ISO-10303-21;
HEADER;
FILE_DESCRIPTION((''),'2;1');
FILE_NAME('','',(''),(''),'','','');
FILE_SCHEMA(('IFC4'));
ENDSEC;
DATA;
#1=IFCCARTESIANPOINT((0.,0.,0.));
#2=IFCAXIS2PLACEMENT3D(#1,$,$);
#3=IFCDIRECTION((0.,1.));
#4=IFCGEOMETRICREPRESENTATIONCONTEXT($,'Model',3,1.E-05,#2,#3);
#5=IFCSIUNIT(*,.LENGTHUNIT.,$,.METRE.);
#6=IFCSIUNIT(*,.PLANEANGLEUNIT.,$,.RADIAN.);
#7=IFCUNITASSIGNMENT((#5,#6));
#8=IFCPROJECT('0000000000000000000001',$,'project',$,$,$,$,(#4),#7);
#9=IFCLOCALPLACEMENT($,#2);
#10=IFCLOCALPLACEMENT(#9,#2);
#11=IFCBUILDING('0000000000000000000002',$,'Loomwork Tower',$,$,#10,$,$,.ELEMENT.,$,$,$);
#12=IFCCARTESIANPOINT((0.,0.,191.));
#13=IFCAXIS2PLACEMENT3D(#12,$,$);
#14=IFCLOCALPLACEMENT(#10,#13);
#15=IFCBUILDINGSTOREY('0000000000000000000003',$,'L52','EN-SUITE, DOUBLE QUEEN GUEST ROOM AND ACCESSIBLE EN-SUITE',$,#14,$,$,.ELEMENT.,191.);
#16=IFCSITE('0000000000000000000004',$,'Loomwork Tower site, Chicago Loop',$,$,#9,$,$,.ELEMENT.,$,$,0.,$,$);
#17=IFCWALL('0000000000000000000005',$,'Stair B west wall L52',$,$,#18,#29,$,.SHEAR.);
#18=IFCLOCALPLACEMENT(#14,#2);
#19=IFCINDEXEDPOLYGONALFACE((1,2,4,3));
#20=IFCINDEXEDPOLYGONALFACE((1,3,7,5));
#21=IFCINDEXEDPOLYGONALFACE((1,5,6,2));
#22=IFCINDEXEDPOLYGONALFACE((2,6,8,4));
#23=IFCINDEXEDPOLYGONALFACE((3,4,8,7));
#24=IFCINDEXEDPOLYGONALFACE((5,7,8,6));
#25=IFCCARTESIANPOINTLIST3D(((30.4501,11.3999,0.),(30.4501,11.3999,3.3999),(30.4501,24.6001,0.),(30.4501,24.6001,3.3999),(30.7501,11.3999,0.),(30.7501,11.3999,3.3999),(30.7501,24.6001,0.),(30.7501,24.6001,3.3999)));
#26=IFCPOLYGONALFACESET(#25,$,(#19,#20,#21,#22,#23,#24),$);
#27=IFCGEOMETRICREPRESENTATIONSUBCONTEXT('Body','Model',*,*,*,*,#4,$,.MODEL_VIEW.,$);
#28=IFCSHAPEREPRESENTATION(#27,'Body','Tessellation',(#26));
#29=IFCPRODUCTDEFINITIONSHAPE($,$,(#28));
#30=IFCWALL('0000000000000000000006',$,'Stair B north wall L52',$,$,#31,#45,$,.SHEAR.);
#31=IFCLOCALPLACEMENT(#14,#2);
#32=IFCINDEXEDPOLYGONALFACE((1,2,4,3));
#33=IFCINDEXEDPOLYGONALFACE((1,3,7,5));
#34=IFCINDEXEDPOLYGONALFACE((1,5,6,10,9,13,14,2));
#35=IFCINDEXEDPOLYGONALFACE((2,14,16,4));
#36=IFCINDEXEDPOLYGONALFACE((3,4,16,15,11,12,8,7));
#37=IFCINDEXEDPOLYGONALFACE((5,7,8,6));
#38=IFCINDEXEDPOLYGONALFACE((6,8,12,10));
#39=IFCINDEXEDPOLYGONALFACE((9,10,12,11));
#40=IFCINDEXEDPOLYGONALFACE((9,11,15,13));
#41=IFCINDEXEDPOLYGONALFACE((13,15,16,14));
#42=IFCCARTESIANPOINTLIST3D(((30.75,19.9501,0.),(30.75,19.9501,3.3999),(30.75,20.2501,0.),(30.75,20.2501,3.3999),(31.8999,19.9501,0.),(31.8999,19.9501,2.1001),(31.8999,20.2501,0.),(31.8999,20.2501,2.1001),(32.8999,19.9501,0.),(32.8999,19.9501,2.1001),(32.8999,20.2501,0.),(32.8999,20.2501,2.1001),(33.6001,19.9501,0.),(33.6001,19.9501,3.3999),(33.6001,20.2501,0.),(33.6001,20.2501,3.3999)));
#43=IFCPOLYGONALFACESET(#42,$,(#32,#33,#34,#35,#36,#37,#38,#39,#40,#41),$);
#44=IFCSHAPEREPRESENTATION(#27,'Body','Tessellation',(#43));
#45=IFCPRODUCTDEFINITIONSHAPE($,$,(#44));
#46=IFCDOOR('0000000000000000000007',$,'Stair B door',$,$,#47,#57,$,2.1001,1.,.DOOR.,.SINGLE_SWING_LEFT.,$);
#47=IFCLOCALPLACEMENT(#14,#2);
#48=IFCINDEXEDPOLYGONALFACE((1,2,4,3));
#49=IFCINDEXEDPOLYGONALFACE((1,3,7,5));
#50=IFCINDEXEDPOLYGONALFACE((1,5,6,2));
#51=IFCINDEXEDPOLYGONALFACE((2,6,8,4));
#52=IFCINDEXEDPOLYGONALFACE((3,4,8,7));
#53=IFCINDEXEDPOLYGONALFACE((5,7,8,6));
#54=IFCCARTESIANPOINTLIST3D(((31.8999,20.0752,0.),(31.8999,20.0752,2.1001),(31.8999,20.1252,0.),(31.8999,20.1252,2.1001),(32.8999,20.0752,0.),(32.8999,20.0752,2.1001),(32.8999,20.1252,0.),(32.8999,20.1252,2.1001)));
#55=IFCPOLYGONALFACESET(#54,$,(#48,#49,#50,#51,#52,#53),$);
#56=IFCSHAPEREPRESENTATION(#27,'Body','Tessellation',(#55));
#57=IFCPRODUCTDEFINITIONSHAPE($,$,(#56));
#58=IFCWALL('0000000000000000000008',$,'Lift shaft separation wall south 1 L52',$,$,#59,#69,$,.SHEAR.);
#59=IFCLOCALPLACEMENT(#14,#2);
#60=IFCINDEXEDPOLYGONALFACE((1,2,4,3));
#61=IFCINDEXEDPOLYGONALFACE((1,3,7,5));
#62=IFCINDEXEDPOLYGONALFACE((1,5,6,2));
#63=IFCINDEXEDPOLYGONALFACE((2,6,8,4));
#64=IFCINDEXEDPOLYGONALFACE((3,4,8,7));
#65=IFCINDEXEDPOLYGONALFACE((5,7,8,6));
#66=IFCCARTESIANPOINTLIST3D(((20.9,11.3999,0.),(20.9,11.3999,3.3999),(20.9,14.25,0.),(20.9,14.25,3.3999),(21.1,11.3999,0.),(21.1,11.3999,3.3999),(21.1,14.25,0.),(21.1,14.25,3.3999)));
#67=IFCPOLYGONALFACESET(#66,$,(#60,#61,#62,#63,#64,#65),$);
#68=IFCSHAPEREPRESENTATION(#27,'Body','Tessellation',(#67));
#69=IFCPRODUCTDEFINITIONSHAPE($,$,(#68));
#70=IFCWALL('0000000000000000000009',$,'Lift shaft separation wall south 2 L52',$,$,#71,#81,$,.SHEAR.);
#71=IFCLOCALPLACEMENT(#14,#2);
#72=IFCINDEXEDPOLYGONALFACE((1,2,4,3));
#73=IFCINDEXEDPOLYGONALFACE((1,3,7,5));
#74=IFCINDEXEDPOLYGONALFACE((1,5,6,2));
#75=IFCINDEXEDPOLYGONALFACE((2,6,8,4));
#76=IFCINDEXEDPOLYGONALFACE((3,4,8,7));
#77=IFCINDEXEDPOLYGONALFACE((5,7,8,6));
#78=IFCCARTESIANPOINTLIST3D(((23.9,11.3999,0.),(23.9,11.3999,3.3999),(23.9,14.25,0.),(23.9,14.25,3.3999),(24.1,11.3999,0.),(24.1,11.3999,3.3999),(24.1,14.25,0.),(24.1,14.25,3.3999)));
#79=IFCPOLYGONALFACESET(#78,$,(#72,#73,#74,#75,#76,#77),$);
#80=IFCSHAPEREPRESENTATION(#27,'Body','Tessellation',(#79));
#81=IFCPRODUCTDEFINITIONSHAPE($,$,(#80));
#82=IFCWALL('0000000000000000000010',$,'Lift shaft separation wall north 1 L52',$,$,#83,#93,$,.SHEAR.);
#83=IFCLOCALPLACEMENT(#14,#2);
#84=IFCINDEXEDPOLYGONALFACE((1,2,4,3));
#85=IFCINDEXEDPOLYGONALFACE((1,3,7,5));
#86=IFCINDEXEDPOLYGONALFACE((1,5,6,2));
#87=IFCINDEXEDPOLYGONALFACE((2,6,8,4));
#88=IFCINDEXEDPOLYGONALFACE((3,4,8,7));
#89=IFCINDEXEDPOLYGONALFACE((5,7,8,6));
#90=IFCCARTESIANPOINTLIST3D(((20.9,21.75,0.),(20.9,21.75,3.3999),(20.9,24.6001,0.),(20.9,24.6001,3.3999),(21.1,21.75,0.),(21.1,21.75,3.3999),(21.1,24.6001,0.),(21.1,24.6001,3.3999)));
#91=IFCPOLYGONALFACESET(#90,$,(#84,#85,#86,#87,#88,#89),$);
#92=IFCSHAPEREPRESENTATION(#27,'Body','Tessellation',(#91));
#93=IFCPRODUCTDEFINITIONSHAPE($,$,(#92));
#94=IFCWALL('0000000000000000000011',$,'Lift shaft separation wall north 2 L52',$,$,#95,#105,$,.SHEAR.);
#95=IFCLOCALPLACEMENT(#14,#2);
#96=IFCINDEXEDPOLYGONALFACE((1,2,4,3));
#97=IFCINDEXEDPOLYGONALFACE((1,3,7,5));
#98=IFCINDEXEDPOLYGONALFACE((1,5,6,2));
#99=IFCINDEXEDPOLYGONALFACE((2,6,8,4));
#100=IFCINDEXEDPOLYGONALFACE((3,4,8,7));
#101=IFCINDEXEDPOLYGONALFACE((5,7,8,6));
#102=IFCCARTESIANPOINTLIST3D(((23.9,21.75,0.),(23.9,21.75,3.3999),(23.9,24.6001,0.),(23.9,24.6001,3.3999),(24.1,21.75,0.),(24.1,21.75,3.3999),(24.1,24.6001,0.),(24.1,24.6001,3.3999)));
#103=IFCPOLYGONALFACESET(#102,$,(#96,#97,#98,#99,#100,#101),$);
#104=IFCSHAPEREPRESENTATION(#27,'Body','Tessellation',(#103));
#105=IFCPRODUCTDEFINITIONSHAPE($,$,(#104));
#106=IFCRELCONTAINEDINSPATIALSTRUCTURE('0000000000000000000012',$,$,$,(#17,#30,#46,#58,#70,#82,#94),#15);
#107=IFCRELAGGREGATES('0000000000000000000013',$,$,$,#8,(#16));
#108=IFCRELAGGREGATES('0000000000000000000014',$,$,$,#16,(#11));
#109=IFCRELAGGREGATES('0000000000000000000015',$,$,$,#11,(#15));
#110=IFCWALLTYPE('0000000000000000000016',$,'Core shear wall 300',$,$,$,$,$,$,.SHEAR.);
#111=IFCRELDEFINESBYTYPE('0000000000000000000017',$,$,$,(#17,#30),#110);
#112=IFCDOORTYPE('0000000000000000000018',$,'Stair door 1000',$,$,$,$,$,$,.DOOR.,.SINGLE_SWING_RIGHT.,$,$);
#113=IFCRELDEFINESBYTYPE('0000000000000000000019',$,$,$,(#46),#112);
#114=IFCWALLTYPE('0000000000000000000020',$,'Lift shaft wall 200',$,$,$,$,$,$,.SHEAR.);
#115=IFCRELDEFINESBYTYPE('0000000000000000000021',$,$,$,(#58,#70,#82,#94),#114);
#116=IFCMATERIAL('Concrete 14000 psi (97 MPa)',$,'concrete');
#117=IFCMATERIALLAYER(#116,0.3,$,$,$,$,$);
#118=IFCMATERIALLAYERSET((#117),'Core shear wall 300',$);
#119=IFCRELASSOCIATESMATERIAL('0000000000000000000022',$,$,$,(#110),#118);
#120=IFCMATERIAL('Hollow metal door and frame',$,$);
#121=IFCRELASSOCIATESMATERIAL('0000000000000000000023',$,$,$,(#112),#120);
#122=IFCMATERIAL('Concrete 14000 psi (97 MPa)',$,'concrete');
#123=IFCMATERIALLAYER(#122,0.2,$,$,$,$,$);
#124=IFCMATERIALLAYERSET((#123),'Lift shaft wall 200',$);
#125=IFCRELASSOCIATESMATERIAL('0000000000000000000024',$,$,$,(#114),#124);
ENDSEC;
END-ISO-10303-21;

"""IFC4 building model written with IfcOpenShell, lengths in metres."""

from ifc_helpers import new_model, si_unit, direction, frame, frame_2d, origin, place, context, subcontext, project, spatial, rectangle, extrude, material, layer, layer_set, type_object, element, fill, save


model = new_model("IFC4")

# Units and contexts
model_context = context("Model", 3, precision=1e-05, world=origin(), true_north=direction((0.0, 1.0)))
body_context = subcontext(model_context, "Body", "Model", "MODEL_VIEW")
ifc_project = project(units=[si_unit("LENGTHUNIT", "METRE"), si_unit("PLANEANGLEUNIT", "RADIAN")], contexts=[model_context])

# Site, building, storey
site_placement = place(None, origin())
site = spatial("IfcSite", under=ifc_project, at=site_placement, Name="Loomwork Tower site, Chicago Loop", CompositionType="ELEMENT", RefElevation=0.0)
building_placement = place(site_placement, origin())
building = spatial("IfcBuilding", under=site, at=building_placement, Name="Loomwork Tower", CompositionType="ELEMENT")
storey_placement = place(building_placement, frame((0.0, 0.0, 191.0)))
storey = spatial("IfcBuildingStorey", under=building, at=storey_placement, Name="L52", Description="EN-SUITE, DOUBLE QUEEN GUEST ROOM AND ACCESSIBLE EN-SUITE", CompositionType="ELEMENT", Elevation=191.0)

# Shared definitions
ifc_material_1 = material(Name="Concrete 14000 psi (97 MPa)", Category="concrete")
ifc_layer_1 = layer(ifc_material_1, 0.3)
ifc_layer_set_1 = layer_set([ifc_layer_1], Name="Core shear wall 300")
wall_type_1 = type_object("IfcWallType", Name="Core shear wall 300", PredefinedType="SHEAR", material=ifc_layer_set_1)

# Wall
wall_1_placement = place(storey_placement, frame((30.6001, 11.3999, 0.0), z_axis=(0.0, 0.0, 1.0), x_axis=(0.0, 1.0, 0.0)))
element("IfcWall", 1, at=wall_1_placement, inside=storey, type_object=wall_type_1, Name="Stair B west wall L52", PredefinedType="SHEAR", context=body_context, shape_type="SweptSolid", body=[
    extrude(rectangle(XDim=13.2002, YDim=0.3, at=frame_2d((6.6001, 0.0))), origin(), (0.0, 0.0, 1.0), 3.3999),
])

# Wall, opening, door
wall_2_placement = place(storey_placement, frame((30.75, 20.1001, 0.0), z_axis=(0.0, 0.0, 1.0), x_axis=(1.0, 0.0, 0.0)))
wall_2 = element("IfcWall", 2, at=wall_2_placement, inside=storey, type_object=wall_type_1, Name="Stair B north wall L52", PredefinedType="SHEAR", context=body_context, shape_type="SweptSolid", body=[
    extrude(rectangle(XDim=2.8501, YDim=0.3, at=frame_2d((1.425, 0.0))), origin(), (0.0, 0.0, 1.0), 3.3999),
])
opening_1_placement = place(wall_2_placement, frame((1.1499, 0.0, 0.0)))
opening_1 = element("IfcOpeningElement", 3, at=opening_1_placement, cuts=wall_2, PredefinedType="OPENING", context=body_context, shape_type="SweptSolid", body=[
    extrude(rectangle(XDim=1.0, YDim=2.1001, at=frame_2d((0.5, 1.05))), frame((0.0, 0.1599, 0.0), z_axis=(0.0, -1.0, 0.0), x_axis=(1.0, 0.0, 0.0)), (0.0, 0.0, 1.0), 0.3201),
])
ifc_material_2 = material(Name="Hollow metal door and frame")
door_type_1 = type_object("IfcDoorType", Name="Stair door 1000", OperationType="SINGLE_SWING_RIGHT", PredefinedType="DOOR", material=ifc_material_2)
door_1_placement = place(opening_1_placement, frame((1.0, 0.0, 0.0), z_axis=(0.0, 0.0, 1.0), x_axis=(-1.0, 0.0, 0.0)))
door_1 = element("IfcDoor", 4, at=door_1_placement, inside=storey, type_object=door_type_1, Name="Stair B door", OperationType="SINGLE_SWING_LEFT", OverallHeight=2.1001, OverallWidth=1.0, PredefinedType="DOOR", context=body_context, shape_type="SweptSolid", body=[
    extrude(rectangle(XDim=1.0, YDim=2.1001, at=frame_2d((0.5, 1.05))), frame((0.0, 0.0249, 0.0), z_axis=(0.0, -1.0, 0.0), x_axis=(1.0, 0.0, 0.0)), (0.0, 0.0, 1.0), 0.05),
])
fill(opening_1, door_1)

# Walls
ifc_material_3 = material(Name="Concrete 14000 psi (97 MPa)", Category="concrete")
ifc_layer_2 = layer(ifc_material_3, 0.2)
ifc_layer_set_2 = layer_set([ifc_layer_2], Name="Lift shaft wall 200")
wall_type_2 = type_object("IfcWallType", Name="Lift shaft wall 200", PredefinedType="SHEAR", material=ifc_layer_set_2)
for number, where, z_axis, x_axis, name in (
    (5, (21.0, 11.3999, 0.0), (0.0, 0.0, 1.0), (0.0, 1.0, 0.0), "Lift shaft separation wall south 1 L52"),
    (6, (24.0, 11.3999, 0.0), (0.0, 0.0, 1.0), (0.0, 1.0, 0.0), "Lift shaft separation wall south 2 L52"),
    (7, (21.0, 21.75, 0.0), (0.0, 0.0, 1.0), (0.0, 1.0, 0.0), "Lift shaft separation wall north 1 L52"),
    (8, (24.0, 21.75, 0.0), (0.0, 0.0, 1.0), (0.0, 1.0, 0.0), "Lift shaft separation wall north 2 L52"),
):
    element("IfcWall", number, at=place(storey_placement, frame(where, z_axis=z_axis, x_axis=x_axis)), inside=storey, type_object=wall_type_2, Name=name, PredefinedType="SHEAR", context=body_context, shape_type="SweptSolid", body=[
        extrude(rectangle(XDim=2.8501, YDim=0.2, at=frame_2d((1.425, 0.0))), origin(), (0.0, 0.0, 1.0), 3.3999),
    ])

save(model, "model.ifc")
